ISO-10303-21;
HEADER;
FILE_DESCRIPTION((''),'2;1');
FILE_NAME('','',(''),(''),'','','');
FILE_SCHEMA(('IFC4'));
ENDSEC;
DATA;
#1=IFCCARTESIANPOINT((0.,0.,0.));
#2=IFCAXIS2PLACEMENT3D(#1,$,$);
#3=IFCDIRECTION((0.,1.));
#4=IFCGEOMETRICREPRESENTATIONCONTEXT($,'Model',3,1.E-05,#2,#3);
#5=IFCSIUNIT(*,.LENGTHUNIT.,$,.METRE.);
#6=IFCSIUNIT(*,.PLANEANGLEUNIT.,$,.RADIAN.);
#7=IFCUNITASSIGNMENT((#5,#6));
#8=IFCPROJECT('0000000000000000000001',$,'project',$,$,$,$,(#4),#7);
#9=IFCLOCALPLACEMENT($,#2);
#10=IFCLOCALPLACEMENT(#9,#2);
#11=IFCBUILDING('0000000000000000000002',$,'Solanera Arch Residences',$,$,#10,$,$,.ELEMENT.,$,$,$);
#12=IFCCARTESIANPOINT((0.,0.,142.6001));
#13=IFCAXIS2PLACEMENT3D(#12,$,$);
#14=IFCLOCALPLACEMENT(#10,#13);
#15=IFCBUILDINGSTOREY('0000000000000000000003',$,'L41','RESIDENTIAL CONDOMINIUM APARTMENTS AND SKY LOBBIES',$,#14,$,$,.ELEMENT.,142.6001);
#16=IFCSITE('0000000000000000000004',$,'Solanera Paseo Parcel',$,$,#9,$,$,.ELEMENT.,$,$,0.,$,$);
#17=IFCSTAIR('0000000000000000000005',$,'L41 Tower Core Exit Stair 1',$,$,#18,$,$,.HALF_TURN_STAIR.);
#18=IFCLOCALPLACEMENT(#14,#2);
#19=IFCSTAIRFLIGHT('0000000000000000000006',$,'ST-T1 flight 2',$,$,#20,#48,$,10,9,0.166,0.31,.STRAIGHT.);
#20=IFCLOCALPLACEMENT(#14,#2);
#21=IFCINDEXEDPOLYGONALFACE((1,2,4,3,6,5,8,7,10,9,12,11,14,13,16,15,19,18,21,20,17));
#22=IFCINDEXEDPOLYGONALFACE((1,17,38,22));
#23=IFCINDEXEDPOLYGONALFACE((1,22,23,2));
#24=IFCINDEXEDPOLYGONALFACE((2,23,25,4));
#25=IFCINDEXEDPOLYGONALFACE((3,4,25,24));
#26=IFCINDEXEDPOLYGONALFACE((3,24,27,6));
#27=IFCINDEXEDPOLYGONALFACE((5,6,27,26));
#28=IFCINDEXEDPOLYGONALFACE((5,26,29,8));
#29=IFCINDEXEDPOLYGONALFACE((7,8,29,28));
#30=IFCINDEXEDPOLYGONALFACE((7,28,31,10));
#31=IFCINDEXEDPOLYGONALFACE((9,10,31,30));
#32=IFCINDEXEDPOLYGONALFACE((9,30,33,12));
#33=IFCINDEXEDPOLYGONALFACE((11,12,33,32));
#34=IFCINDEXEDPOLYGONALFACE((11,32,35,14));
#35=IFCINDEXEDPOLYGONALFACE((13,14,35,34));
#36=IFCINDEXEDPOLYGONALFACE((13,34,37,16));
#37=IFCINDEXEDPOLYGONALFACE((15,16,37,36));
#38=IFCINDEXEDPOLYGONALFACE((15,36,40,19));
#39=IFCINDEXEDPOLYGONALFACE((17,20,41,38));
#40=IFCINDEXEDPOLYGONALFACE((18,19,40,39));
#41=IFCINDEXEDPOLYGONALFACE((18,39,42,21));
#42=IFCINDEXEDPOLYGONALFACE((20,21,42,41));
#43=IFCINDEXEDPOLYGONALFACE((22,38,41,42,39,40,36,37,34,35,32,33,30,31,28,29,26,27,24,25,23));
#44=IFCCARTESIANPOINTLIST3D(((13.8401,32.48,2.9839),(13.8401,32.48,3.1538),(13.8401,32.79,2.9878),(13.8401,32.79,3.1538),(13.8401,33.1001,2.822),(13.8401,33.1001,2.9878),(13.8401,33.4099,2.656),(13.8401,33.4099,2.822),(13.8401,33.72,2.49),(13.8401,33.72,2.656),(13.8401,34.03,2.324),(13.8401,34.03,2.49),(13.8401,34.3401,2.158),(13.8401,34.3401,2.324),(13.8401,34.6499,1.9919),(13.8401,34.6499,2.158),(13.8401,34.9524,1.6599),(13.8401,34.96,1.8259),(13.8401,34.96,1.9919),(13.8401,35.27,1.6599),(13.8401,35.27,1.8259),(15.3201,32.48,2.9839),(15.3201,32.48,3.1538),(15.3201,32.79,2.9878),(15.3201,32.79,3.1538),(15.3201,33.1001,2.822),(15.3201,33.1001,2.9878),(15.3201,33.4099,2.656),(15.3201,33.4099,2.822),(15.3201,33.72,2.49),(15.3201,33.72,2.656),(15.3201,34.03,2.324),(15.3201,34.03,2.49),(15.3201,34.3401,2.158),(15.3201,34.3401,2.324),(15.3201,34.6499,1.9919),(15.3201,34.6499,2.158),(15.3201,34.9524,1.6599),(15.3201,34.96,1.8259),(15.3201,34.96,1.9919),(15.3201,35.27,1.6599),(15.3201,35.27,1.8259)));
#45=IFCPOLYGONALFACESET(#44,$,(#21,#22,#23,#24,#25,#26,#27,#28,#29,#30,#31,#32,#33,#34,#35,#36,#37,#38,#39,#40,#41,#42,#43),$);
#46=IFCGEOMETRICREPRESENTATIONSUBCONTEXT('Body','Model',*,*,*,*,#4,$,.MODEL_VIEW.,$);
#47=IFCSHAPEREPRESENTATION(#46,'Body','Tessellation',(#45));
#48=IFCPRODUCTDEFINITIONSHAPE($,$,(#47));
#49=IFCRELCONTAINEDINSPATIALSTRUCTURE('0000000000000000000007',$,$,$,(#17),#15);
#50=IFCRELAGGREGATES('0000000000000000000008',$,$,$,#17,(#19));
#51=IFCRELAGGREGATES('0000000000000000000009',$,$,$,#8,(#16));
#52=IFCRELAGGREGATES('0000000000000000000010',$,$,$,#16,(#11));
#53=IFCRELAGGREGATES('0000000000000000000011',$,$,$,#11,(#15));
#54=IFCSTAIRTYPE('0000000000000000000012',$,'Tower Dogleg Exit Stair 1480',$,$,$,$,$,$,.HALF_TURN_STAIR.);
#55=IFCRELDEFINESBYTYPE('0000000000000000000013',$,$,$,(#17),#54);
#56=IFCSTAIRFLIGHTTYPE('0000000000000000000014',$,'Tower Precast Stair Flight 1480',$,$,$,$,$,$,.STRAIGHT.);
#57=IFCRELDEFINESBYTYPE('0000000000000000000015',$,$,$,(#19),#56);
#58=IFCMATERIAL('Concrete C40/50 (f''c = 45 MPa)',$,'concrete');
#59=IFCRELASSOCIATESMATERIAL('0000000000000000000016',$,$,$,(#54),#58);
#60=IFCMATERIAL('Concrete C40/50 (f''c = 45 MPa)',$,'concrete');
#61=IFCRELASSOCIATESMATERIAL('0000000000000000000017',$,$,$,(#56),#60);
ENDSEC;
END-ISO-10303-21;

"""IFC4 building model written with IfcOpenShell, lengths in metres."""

from ifc_helpers import new_model, si_unit, direction, frame, origin, place, context, subcontext, project, spatial, polyline, outline, extrude, material, type_object, element, aggregate, save


model = new_model("IFC4")

# Units and contexts
model_context = context("Model", 3, precision=1e-05, world=origin(), true_north=direction((0.0, 1.0)))
body_context = subcontext(model_context, "Body", "Model", "MODEL_VIEW")
ifc_project = project(units=[si_unit("LENGTHUNIT", "METRE"), si_unit("PLANEANGLEUNIT", "RADIAN")], contexts=[model_context])

# Site, building, storey
site_placement = place(None, origin())
site = spatial("IfcSite", under=ifc_project, at=site_placement, Name="Solanera Paseo Parcel", CompositionType="ELEMENT", RefElevation=0.0)
building_placement = place(site_placement, origin())
building = spatial("IfcBuilding", under=site, at=building_placement, Name="Solanera Arch Residences", CompositionType="ELEMENT")
storey_placement = place(building_placement, frame((0.0, 0.0, 142.6001)))
storey = spatial("IfcBuildingStorey", under=building, at=storey_placement, Name="L41", Description="RESIDENTIAL CONDOMINIUM APARTMENTS AND SKY LOBBIES", CompositionType="ELEMENT", Elevation=142.6001)

# Stair, stair flight
ifc_material_1 = material(Name="Concrete C40/50 (f'c = 45 MPa)", Category="concrete")
stair_type = type_object("IfcStairType", Name="Tower Dogleg Exit Stair 1480", PredefinedType="HALF_TURN_STAIR", material=ifc_material_1)
stair_placement = place(storey_placement, origin())
stair = element("IfcStair", 1, at=stair_placement, inside=storey, type_object=stair_type, Name="L41 Tower Core Exit Stair 1", PredefinedType="HALF_TURN_STAIR")
ifc_material_2 = material(Name="Concrete C40/50 (f'c = 45 MPa)", Category="concrete")
stair_flight_type = type_object("IfcStairFlightType", Name="Tower Precast Stair Flight 1480", PredefinedType="STRAIGHT", material=ifc_material_2)
stair_flight_1_placement = place(storey_placement, frame((14.5801, 35.27, 1.6599), z_axis=(0.0, 0.0, 1.0), x_axis=(0.0, -1.0, 0.0)))
stair_flight_1 = element("IfcStairFlight", 2, at=stair_flight_1_placement, type_object=stair_flight_type, Name="ST-T1 flight 2", NumberOfRisers=10, NumberOfTreads=9, PredefinedType="STRAIGHT", RiserHeight=0.166, TreadLength=0.31, context=body_context, shape_type="SweptSolid", body=[
    extrude(outline(polyline([(0.0, 0.0), (0.0, 0.166), (0.3101, 0.166), (0.3101, 0.332), (0.6201, 0.332), (0.6201, 0.498), (0.9299, 0.498), (0.9299, 0.6641), (1.24, 0.6641), (1.24, 0.8301), (1.55, 0.8301), (1.55, 0.9961), (1.8601, 0.9961), (1.8601, 1.1621), (2.1699, 1.1621), (2.1699, 1.3279), (2.48, 1.3279), (2.48, 1.4939), (2.79, 1.4939), (2.79, 1.6599), (2.79, 1.324), (0.3176, 0.0), (0.0, 0.0)])), frame((0.0, 0.74, 0.0), z_axis=(0.0, -1.0, 0.0), x_axis=(1.0, 0.0, 0.0)), (0.0, 0.0, 1.0), 1.48),
])
aggregate(stair, [stair_flight_1])

save(model, "model.ifc")
